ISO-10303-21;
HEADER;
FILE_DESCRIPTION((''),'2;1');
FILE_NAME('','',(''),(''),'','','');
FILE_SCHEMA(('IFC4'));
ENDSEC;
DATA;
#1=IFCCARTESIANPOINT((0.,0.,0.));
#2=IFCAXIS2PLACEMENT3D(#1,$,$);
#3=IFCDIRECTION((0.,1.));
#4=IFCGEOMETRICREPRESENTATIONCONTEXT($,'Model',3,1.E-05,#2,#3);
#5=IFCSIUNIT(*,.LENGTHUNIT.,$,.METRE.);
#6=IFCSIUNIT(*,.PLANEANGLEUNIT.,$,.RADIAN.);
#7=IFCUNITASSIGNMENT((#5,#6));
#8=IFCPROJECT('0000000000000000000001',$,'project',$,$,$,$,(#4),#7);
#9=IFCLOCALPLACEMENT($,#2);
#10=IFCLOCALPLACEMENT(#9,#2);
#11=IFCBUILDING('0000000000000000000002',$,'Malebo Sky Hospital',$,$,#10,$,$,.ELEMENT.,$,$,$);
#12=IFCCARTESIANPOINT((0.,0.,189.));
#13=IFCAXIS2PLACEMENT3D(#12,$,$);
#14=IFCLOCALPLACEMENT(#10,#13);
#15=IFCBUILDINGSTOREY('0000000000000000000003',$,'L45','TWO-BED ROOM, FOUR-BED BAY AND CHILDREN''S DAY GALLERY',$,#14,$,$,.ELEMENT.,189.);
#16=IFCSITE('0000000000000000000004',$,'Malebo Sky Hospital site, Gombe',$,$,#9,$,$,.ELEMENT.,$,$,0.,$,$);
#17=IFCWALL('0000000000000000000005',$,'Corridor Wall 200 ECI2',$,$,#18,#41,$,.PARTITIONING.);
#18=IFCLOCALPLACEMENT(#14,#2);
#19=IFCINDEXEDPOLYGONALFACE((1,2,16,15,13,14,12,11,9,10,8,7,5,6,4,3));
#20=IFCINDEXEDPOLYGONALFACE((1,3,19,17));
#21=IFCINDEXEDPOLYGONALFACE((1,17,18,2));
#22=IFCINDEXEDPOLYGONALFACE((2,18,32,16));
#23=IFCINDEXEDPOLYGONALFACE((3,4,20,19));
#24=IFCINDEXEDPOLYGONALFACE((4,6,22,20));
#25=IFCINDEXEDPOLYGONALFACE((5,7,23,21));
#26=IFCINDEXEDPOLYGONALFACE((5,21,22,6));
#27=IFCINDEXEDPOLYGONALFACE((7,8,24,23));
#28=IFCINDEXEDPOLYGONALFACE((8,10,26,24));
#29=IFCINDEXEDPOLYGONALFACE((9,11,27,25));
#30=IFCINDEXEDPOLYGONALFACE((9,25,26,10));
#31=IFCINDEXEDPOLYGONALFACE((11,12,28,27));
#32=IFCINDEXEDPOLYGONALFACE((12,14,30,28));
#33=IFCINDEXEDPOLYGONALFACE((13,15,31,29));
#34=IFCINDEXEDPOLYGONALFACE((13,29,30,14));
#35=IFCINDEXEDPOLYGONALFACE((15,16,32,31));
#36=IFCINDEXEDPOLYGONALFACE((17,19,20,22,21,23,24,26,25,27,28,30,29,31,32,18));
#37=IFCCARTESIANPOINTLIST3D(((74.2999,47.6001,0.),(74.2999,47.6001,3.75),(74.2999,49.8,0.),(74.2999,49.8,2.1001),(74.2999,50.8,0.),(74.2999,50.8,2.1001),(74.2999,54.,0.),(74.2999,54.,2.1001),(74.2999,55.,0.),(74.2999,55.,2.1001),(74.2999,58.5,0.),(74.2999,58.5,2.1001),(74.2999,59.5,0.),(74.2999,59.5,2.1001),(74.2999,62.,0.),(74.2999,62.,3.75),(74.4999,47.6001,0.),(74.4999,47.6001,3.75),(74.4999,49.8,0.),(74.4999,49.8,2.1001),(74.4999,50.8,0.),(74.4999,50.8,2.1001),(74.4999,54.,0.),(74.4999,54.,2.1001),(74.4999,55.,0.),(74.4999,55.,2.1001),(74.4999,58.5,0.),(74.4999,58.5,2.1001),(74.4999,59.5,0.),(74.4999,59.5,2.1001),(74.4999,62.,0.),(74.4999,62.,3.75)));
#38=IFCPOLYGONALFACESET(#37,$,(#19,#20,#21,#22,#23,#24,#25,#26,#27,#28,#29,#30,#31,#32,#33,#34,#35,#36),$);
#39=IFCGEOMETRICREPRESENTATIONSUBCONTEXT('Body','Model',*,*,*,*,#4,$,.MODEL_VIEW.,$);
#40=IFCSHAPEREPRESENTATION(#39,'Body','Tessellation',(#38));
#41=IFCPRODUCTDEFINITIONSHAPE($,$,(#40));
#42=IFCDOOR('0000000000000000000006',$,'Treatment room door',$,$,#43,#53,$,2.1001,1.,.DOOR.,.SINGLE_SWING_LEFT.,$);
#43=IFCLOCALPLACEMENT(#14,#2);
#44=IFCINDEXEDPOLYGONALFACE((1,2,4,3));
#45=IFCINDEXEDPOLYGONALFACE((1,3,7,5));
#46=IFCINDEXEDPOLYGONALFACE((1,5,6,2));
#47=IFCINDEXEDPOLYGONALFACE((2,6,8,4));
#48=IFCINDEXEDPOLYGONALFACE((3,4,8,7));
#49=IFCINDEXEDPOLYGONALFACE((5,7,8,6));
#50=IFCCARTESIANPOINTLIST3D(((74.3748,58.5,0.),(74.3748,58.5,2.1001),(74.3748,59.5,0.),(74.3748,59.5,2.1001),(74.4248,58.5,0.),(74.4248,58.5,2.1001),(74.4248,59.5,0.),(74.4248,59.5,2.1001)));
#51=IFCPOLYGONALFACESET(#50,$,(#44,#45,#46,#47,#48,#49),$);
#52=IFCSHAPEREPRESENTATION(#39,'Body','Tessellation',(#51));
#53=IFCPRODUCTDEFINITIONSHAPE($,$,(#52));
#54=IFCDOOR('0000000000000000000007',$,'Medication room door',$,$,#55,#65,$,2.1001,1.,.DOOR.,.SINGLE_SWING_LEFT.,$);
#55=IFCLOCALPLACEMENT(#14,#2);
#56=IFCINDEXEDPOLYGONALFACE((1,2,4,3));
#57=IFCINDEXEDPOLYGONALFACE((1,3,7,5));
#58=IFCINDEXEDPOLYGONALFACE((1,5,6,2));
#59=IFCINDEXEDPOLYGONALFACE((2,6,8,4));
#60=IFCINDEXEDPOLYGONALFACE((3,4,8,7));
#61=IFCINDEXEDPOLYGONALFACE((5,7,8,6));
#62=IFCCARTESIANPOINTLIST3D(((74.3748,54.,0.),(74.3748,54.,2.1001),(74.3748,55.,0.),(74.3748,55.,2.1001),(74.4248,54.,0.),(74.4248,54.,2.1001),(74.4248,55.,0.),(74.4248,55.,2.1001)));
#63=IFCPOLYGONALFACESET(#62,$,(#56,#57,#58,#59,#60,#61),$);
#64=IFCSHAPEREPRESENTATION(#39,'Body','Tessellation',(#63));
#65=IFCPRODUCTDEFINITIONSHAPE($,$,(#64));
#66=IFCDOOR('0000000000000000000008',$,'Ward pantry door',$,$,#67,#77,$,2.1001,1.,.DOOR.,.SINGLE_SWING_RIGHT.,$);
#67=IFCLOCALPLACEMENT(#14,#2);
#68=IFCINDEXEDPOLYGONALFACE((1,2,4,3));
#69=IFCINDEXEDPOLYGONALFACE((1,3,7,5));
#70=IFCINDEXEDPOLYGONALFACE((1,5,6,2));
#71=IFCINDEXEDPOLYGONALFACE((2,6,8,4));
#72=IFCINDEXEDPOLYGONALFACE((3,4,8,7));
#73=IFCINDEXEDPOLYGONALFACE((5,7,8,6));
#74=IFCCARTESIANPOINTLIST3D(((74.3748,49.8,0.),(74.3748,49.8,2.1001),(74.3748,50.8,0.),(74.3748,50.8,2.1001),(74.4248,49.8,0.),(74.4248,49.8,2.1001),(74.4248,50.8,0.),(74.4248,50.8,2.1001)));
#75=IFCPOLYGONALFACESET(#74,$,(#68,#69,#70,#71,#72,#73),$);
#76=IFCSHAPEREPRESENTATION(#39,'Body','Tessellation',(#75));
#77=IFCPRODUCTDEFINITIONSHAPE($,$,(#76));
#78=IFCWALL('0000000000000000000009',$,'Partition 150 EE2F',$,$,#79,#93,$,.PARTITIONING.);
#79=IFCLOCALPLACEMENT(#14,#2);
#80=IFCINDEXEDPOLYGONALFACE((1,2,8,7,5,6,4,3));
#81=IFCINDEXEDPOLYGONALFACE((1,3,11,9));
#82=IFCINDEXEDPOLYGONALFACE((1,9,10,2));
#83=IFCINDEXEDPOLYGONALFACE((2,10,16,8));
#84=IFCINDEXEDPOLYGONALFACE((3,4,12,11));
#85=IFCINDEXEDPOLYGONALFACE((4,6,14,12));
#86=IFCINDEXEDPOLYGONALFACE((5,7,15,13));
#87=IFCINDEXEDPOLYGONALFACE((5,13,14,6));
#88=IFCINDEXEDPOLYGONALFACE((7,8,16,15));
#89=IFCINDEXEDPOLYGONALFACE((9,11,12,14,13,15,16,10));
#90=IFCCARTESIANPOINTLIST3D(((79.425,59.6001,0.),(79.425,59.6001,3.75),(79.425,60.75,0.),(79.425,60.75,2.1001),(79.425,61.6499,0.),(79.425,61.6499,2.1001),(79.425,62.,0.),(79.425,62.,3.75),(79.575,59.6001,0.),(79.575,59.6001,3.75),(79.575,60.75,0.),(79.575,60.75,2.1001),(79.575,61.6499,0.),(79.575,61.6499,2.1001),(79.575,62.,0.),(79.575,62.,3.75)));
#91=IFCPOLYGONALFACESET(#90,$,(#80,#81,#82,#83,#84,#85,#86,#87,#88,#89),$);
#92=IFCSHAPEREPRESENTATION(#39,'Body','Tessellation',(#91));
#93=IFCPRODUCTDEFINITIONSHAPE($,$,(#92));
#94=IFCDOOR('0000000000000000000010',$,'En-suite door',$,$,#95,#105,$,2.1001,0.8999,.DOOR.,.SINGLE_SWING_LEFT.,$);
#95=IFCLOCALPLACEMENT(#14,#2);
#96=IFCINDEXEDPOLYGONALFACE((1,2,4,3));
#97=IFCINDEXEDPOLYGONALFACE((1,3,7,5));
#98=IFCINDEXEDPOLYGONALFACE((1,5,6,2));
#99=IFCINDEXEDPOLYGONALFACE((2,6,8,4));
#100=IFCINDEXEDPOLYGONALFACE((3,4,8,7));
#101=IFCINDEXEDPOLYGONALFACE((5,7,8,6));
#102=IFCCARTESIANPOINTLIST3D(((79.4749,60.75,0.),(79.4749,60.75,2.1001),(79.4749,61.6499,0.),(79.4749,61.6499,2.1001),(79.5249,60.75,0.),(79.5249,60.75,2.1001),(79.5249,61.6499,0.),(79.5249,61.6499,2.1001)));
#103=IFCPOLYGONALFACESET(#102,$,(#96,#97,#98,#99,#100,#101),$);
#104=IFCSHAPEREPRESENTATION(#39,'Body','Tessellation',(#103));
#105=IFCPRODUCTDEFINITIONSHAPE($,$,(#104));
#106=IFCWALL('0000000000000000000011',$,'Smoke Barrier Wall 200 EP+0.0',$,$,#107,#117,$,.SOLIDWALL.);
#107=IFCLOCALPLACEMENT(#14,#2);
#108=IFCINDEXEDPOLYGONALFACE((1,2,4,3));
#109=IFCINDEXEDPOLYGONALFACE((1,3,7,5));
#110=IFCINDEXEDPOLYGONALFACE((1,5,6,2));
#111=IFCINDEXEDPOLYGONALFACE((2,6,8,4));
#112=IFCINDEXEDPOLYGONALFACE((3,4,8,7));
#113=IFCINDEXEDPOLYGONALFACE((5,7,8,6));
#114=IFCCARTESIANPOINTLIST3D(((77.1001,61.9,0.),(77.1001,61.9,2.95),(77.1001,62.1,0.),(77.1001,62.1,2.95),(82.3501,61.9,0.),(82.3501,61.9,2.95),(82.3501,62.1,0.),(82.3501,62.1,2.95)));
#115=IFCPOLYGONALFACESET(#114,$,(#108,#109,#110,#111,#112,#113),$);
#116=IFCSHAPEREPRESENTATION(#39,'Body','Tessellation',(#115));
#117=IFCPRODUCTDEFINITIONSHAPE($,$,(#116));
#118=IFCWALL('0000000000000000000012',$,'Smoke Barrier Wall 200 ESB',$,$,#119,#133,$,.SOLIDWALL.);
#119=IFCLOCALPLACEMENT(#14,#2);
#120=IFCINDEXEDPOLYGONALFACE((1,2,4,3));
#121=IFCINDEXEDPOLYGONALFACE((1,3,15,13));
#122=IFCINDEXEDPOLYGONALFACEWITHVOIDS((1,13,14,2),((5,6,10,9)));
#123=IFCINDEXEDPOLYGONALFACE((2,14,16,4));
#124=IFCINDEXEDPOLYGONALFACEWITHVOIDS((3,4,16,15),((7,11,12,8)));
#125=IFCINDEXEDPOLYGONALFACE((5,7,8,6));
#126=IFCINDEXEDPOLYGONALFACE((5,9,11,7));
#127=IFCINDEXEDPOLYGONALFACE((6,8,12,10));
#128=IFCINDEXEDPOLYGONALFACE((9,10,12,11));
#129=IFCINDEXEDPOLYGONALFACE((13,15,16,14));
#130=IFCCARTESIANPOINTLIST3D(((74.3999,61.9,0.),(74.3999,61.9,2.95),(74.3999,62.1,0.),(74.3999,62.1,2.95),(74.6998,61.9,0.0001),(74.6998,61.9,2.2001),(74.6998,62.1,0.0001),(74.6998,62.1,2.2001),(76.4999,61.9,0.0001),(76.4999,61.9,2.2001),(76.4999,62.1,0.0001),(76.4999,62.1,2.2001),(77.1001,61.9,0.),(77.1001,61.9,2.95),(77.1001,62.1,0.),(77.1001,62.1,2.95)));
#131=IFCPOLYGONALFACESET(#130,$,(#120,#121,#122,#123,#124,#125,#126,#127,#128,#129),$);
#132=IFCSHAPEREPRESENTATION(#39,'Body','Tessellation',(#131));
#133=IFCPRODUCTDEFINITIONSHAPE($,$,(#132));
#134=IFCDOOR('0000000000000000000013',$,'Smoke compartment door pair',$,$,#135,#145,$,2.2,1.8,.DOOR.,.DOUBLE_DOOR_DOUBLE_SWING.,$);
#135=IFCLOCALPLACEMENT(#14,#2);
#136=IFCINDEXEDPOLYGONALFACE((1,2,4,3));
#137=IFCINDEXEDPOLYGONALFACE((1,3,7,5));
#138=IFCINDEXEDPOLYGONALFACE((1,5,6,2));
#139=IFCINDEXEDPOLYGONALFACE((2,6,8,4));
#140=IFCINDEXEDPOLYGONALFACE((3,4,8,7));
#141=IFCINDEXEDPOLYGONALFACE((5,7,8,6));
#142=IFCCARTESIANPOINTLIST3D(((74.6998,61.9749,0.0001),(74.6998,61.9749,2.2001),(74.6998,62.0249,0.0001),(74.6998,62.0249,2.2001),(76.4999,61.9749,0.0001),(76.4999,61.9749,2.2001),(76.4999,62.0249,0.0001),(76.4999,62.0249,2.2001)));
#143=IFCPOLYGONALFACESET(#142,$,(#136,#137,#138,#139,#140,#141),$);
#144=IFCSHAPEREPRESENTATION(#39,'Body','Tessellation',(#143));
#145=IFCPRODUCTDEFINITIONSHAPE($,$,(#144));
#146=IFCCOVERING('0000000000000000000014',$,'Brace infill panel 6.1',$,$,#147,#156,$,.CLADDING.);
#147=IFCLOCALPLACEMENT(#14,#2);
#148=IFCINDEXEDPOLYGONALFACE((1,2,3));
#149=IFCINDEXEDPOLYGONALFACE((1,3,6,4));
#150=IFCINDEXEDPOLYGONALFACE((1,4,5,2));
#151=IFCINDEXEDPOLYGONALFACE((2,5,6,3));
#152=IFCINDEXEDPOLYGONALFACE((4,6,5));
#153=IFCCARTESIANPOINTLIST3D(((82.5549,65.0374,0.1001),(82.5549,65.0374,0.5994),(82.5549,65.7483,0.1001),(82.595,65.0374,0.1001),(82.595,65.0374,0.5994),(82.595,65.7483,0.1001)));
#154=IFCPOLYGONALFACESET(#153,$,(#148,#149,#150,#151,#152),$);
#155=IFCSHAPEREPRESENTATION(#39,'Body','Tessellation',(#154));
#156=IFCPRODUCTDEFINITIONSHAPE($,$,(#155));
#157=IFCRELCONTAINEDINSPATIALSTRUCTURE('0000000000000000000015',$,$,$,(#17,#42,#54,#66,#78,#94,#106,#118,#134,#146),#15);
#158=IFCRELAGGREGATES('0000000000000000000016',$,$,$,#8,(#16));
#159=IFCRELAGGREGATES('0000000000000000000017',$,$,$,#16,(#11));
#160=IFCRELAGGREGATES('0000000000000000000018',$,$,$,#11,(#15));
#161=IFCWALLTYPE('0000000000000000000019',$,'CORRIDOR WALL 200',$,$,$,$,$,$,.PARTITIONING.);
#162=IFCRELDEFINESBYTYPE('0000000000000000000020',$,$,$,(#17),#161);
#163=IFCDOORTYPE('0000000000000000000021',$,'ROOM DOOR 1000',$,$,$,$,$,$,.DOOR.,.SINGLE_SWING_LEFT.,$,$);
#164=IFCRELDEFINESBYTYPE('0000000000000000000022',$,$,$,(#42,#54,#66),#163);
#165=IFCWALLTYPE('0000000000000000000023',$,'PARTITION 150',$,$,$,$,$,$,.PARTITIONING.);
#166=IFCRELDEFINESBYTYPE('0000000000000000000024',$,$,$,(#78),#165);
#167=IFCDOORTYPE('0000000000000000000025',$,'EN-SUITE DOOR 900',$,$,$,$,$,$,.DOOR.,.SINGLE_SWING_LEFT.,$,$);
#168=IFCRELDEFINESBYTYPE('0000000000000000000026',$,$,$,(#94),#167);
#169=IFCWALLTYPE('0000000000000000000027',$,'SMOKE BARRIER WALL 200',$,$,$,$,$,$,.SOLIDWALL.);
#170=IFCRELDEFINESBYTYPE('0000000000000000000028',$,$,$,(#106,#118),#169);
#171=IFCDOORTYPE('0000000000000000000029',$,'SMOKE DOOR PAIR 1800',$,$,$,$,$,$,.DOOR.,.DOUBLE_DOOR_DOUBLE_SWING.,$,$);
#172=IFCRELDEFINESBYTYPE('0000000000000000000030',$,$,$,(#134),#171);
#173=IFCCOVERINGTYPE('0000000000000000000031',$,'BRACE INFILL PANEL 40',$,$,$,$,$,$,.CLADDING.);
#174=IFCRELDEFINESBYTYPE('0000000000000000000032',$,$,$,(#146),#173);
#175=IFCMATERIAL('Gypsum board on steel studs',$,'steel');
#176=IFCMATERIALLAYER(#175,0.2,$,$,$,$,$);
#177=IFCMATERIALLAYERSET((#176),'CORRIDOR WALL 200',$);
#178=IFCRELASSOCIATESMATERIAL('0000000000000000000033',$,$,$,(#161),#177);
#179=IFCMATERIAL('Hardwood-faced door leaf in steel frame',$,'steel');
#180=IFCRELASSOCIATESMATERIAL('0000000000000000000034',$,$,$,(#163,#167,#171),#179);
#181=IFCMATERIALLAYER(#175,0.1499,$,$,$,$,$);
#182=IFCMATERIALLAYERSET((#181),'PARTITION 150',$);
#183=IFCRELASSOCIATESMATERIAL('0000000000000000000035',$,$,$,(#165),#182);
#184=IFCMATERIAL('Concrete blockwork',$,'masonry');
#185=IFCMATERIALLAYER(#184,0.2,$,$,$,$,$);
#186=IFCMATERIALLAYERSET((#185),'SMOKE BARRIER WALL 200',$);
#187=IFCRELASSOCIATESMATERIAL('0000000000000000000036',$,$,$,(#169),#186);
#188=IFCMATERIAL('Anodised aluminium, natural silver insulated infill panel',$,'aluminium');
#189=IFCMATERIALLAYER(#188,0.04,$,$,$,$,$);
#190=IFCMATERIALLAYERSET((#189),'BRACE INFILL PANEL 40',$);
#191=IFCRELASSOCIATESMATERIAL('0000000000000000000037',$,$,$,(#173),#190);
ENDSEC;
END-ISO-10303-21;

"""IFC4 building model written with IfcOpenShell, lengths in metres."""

from ifc_helpers import new_model, si_unit, direction, frame, frame_2d, origin, place, context, subcontext, project, spatial, polyline, rectangle, outline, extrude, material, layer, layer_set, type_object, element, fill, save


model = new_model("IFC4")

# Units and contexts
model_context = context("Model", 3, precision=1e-05, world=origin(), true_north=direction((0.0, 1.0)))
body_context = subcontext(model_context, "Body", "Model", "MODEL_VIEW")
ifc_project = project(units=[si_unit("LENGTHUNIT", "METRE"), si_unit("PLANEANGLEUNIT", "RADIAN")], contexts=[model_context])

# Site, building, storey
site_placement = place(None, origin())
site = spatial("IfcSite", under=ifc_project, at=site_placement, Name="Malebo Sky Hospital site, Gombe", CompositionType="ELEMENT", RefElevation=0.0)
building_placement = place(site_placement, origin())
building = spatial("IfcBuilding", under=site, at=building_placement, Name="Malebo Sky Hospital", CompositionType="ELEMENT")
storey_placement = place(building_placement, frame((0.0, 0.0, 189.0)))
storey = spatial("IfcBuildingStorey", under=building, at=storey_placement, Name="L45", Description="TWO-BED ROOM, FOUR-BED BAY AND CHILDREN'S DAY GALLERY", CompositionType="ELEMENT", Elevation=189.0)

# Wall, openings, doors
ifc_material_1 = material(Name="Gypsum board on steel studs", Category="steel")
ifc_layer_1 = layer(ifc_material_1, 0.2)
ifc_layer_set_1 = layer_set([ifc_layer_1], Name="CORRIDOR WALL 200")
wall_type_1 = type_object("IfcWallType", Name="CORRIDOR WALL 200", PredefinedType="PARTITIONING", material=ifc_layer_set_1)
wall_1_placement = place(storey_placement, frame((74.3999, 62.0, 0.0), z_axis=(0.0, 0.0, 1.0), x_axis=(0.0, -1.0, 0.0)))
wall_1 = element("IfcWall", 1, at=wall_1_placement, inside=storey, type_object=wall_type_1, Name="Corridor Wall 200 ECI2", PredefinedType="PARTITIONING", context=body_context, shape_type="SweptSolid", body=[
    extrude(rectangle(XDim=14.3999, YDim=0.2, at=frame_2d((7.2, 0.0))), origin(), (0.0, 0.0, 1.0), 3.75),
])
opening_1_placement = place(wall_1_placement, frame((2.5, 0.0, 0.0)))
opening_1 = element("IfcOpeningElement", 2, at=opening_1_placement, cuts=wall_1, PredefinedType="OPENING", context=body_context, shape_type="SweptSolid", body=[
    extrude(rectangle(XDim=1.0, YDim=2.1001, at=frame_2d((0.5, 1.05))), frame((0.0, 0.1099, 0.0), z_axis=(0.0, -1.0, 0.0), x_axis=(1.0, 0.0, 0.0)), (0.0, 0.0, 1.0), 0.22),
])
opening_2_placement = place(wall_1_placement, frame((7.0, 0.0, 0.0)))
opening_2 = element("IfcOpeningElement", 3, at=opening_2_placement, cuts=wall_1, PredefinedType="OPENING", context=body_context, shape_type="SweptSolid", body=[
    extrude(rectangle(XDim=1.0, YDim=2.1001, at=frame_2d((0.5, 1.05))), frame((0.0, 0.1099, 0.0), z_axis=(0.0, -1.0, 0.0), x_axis=(1.0, 0.0, 0.0)), (0.0, 0.0, 1.0), 0.22),
])
opening_3_placement = place(wall_1_placement, frame((11.2, 0.0, 0.0)))
opening_3 = element("IfcOpeningElement", 4, at=opening_3_placement, cuts=wall_1, PredefinedType="OPENING", context=body_context, shape_type="SweptSolid", body=[
    extrude(rectangle(XDim=1.0, YDim=2.1001, at=frame_2d((0.5, 1.05))), frame((0.0, 0.1099, 0.0), z_axis=(0.0, -1.0, 0.0), x_axis=(1.0, 0.0, 0.0)), (0.0, 0.0, 1.0), 0.22),
])
ifc_material_2 = material(Name="Hardwood-faced door leaf in steel frame", Category="steel")
door_type_1 = type_object("IfcDoorType", Name="ROOM DOOR 1000", OperationType="SINGLE_SWING_LEFT", PredefinedType="DOOR", material=ifc_material_2)
door_1_placement = place(opening_1_placement, origin())
door_1 = element("IfcDoor", 5, at=door_1_placement, inside=storey, type_object=door_type_1, Name="Treatment room door", OperationType="SINGLE_SWING_LEFT", OverallHeight=2.1001, OverallWidth=1.0, PredefinedType="DOOR", context=body_context, shape_type="SweptSolid", body=[
    extrude(rectangle(XDim=1.0, YDim=2.1001, at=frame_2d((0.5, 1.05))), frame((0.0, 0.0249, 0.0), z_axis=(0.0, -1.0, 0.0), x_axis=(1.0, 0.0, 0.0)), (0.0, 0.0, 1.0), 0.05),
])
fill(opening_1, door_1)
door_2_placement = place(opening_2_placement, origin())
door_2 = element("IfcDoor", 6, at=door_2_placement, inside=storey, type_object=door_type_1, Name="Medication room door", OperationType="SINGLE_SWING_LEFT", OverallHeight=2.1001, OverallWidth=1.0, PredefinedType="DOOR", context=body_context, shape_type="SweptSolid", body=[
    extrude(rectangle(XDim=1.0, YDim=2.1001, at=frame_2d((0.5, 1.05))), frame((0.0, 0.0249, 0.0), z_axis=(0.0, -1.0, 0.0), x_axis=(1.0, 0.0, 0.0)), (0.0, 0.0, 1.0), 0.05),
])
fill(opening_2, door_2)
door_3_placement = place(opening_3_placement, origin())
door_3 = element("IfcDoor", 7, at=door_3_placement, inside=storey, type_object=door_type_1, Name="Ward pantry door", OperationType="SINGLE_SWING_RIGHT", OverallHeight=2.1001, OverallWidth=1.0, PredefinedType="DOOR", context=body_context, shape_type="SweptSolid", body=[
    extrude(rectangle(XDim=1.0, YDim=2.1001, at=frame_2d((0.5, 1.05))), frame((0.0, 0.0249, 0.0), z_axis=(0.0, -1.0, 0.0), x_axis=(1.0, 0.0, 0.0)), (0.0, 0.0, 1.0), 0.05),
])
fill(opening_3, door_3)

# Wall, opening, door
ifc_layer_2 = layer(ifc_material_1, 0.1499)
ifc_layer_set_2 = layer_set([ifc_layer_2], Name="PARTITION 150")
wall_type_2 = type_object("IfcWallType", Name="PARTITION 150", PredefinedType="PARTITIONING", material=ifc_layer_set_2)
wall_2_placement = place(storey_placement, frame((79.5, 62.0, 0.0), z_axis=(0.0, 0.0, 1.0), x_axis=(0.0, -1.0, 0.0)))
wall_2 = element("IfcWall", 8, at=wall_2_placement, inside=storey, type_object=wall_type_2, Name="Partition 150 EE2F", PredefinedType="PARTITIONING", context=body_context, shape_type="SweptSolid", body=[
    extrude(rectangle(XDim=2.3999, YDim=0.1499, at=frame_2d((1.2, 0.0))), origin(), (0.0, 0.0, 1.0), 3.75),
])
opening_4_placement = place(wall_2_placement, frame((0.3501, 0.0, 0.0)))
opening_4 = element("IfcOpeningElement", 9, at=opening_4_placement, cuts=wall_2, PredefinedType="OPENING", context=body_context, shape_type="SweptSolid", body=[
    extrude(rectangle(XDim=0.8999, YDim=2.1001, at=frame_2d((0.45, 1.05))), frame((0.0, 0.085, 0.0), z_axis=(0.0, -1.0, 0.0), x_axis=(1.0, 0.0, 0.0)), (0.0, 0.0, 1.0), 0.1699),
])
door_type_2 = type_object("IfcDoorType", Name="EN-SUITE DOOR 900", OperationType="SINGLE_SWING_LEFT", PredefinedType="DOOR", material=ifc_material_2)
door_4_placement = place(opening_4_placement, origin())
door_4 = element("IfcDoor", 10, at=door_4_placement, inside=storey, type_object=door_type_2, Name="En-suite door", OperationType="SINGLE_SWING_LEFT", OverallHeight=2.1001, OverallWidth=0.8999, PredefinedType="DOOR", context=body_context, shape_type="SweptSolid", body=[
    extrude(rectangle(XDim=0.8999, YDim=2.1001, at=frame_2d((0.45, 1.05))), frame((0.0, 0.0249, 0.0), z_axis=(0.0, -1.0, 0.0), x_axis=(1.0, 0.0, 0.0)), (0.0, 0.0, 1.0), 0.05),
])
fill(opening_4, door_4)

# Wall
ifc_material_3 = material(Name="Concrete blockwork", Category="masonry")
ifc_layer_3 = layer(ifc_material_3, 0.2)
ifc_layer_set_3 = layer_set([ifc_layer_3], Name="SMOKE BARRIER WALL 200")
wall_type_3 = type_object("IfcWallType", Name="SMOKE BARRIER WALL 200", PredefinedType="SOLIDWALL", material=ifc_layer_set_3)
wall_3_placement = place(storey_placement, frame((77.1001, 62.0, 0.0), z_axis=(0.0, 0.0, 1.0), x_axis=(1.0, 0.0, 0.0)))
element("IfcWall", 11, at=wall_3_placement, inside=storey, type_object=wall_type_3, Name="Smoke Barrier Wall 200 EP+0.0", PredefinedType="SOLIDWALL", context=body_context, shape_type="SweptSolid", body=[
    extrude(rectangle(XDim=5.25, YDim=0.2, at=frame_2d((2.625, 0.0))), origin(), (0.0, 0.0, 1.0), 2.95),
])

# Wall, opening, door
wall_4_placement = place(storey_placement, frame((74.3999, 62.0, 0.0), z_axis=(0.0, 0.0, 1.0), x_axis=(1.0, 0.0, 0.0)))
wall_4 = element("IfcWall", 12, at=wall_4_placement, inside=storey, type_object=wall_type_3, Name="Smoke Barrier Wall 200 ESB", PredefinedType="SOLIDWALL", context=body_context, shape_type="SweptSolid", body=[
    extrude(rectangle(XDim=2.7002, YDim=0.2, at=frame_2d((1.3501, 0.0))), origin(), (0.0, 0.0, 1.0), 2.95),
])
opening_5_placement = place(wall_4_placement, frame((0.3, 0.0, 0.0)))
opening_5 = element("IfcOpeningElement", 13, at=opening_5_placement, cuts=wall_4, PredefinedType="OPENING", context=body_context, shape_type="SweptSolid", body=[
    extrude(rectangle(XDim=1.8, YDim=2.2, at=frame_2d((0.8999, 1.1001))), frame((0.0, 0.1099, 0.0), z_axis=(0.0, -1.0, 0.0), x_axis=(1.0, 0.0, 0.0)), (0.0, 0.0, 1.0), 0.22),
])
door_type_3 = type_object("IfcDoorType", Name="SMOKE DOOR PAIR 1800", OperationType="DOUBLE_DOOR_DOUBLE_SWING", PredefinedType="DOOR", material=ifc_material_2)
door_5_placement = place(opening_5_placement, origin())
door_5 = element("IfcDoor", 14, at=door_5_placement, inside=storey, type_object=door_type_3, Name="Smoke compartment door pair", OperationType="DOUBLE_DOOR_DOUBLE_SWING", OverallHeight=2.2, OverallWidth=1.8, PredefinedType="DOOR", context=body_context, shape_type="SweptSolid", body=[
    extrude(rectangle(XDim=1.8, YDim=2.2, at=frame_2d((0.8999, 1.1001))), frame((0.0, 0.0249, 0.0), z_axis=(0.0, -1.0, 0.0), x_axis=(1.0, 0.0, 0.0)), (0.0, 0.0, 1.0), 0.05),
])
fill(opening_5, door_5)

# Covering
ifc_material_4 = material(Name="Anodised aluminium, natural silver insulated infill panel", Category="aluminium")
ifc_layer_4 = layer(ifc_material_4, 0.04)
ifc_layer_set_4 = layer_set([ifc_layer_4], Name="BRACE INFILL PANEL 40")
covering_type = type_object("IfcCoveringType", Name="BRACE INFILL PANEL 40", PredefinedType="CLADDING", material=ifc_layer_set_4)
covering_1_placement = place(storey_placement, frame((82.575, 65.3928, 0.1001), z_axis=(0.0, 0.0, 1.0), x_axis=(0.0, -1.0, 0.0)))
element("IfcCovering", 15, at=covering_1_placement, inside=storey, type_object=covering_type, Name="Brace infill panel 6.1", PredefinedType="CLADDING", context=body_context, shape_type="SweptSolid", body=[
    extrude(outline(polyline([(-0.3555, 0.0), (0.3555, 0.0), (0.3555, 0.4993), (-0.3555, 0.0)])), frame((0.0, 0.02, 0.0), z_axis=(0.0, -1.0, 0.0), x_axis=(1.0, 0.0, 0.0)), (0.0, 0.0, 1.0), 0.04),
])

save(model, "model.ifc")
